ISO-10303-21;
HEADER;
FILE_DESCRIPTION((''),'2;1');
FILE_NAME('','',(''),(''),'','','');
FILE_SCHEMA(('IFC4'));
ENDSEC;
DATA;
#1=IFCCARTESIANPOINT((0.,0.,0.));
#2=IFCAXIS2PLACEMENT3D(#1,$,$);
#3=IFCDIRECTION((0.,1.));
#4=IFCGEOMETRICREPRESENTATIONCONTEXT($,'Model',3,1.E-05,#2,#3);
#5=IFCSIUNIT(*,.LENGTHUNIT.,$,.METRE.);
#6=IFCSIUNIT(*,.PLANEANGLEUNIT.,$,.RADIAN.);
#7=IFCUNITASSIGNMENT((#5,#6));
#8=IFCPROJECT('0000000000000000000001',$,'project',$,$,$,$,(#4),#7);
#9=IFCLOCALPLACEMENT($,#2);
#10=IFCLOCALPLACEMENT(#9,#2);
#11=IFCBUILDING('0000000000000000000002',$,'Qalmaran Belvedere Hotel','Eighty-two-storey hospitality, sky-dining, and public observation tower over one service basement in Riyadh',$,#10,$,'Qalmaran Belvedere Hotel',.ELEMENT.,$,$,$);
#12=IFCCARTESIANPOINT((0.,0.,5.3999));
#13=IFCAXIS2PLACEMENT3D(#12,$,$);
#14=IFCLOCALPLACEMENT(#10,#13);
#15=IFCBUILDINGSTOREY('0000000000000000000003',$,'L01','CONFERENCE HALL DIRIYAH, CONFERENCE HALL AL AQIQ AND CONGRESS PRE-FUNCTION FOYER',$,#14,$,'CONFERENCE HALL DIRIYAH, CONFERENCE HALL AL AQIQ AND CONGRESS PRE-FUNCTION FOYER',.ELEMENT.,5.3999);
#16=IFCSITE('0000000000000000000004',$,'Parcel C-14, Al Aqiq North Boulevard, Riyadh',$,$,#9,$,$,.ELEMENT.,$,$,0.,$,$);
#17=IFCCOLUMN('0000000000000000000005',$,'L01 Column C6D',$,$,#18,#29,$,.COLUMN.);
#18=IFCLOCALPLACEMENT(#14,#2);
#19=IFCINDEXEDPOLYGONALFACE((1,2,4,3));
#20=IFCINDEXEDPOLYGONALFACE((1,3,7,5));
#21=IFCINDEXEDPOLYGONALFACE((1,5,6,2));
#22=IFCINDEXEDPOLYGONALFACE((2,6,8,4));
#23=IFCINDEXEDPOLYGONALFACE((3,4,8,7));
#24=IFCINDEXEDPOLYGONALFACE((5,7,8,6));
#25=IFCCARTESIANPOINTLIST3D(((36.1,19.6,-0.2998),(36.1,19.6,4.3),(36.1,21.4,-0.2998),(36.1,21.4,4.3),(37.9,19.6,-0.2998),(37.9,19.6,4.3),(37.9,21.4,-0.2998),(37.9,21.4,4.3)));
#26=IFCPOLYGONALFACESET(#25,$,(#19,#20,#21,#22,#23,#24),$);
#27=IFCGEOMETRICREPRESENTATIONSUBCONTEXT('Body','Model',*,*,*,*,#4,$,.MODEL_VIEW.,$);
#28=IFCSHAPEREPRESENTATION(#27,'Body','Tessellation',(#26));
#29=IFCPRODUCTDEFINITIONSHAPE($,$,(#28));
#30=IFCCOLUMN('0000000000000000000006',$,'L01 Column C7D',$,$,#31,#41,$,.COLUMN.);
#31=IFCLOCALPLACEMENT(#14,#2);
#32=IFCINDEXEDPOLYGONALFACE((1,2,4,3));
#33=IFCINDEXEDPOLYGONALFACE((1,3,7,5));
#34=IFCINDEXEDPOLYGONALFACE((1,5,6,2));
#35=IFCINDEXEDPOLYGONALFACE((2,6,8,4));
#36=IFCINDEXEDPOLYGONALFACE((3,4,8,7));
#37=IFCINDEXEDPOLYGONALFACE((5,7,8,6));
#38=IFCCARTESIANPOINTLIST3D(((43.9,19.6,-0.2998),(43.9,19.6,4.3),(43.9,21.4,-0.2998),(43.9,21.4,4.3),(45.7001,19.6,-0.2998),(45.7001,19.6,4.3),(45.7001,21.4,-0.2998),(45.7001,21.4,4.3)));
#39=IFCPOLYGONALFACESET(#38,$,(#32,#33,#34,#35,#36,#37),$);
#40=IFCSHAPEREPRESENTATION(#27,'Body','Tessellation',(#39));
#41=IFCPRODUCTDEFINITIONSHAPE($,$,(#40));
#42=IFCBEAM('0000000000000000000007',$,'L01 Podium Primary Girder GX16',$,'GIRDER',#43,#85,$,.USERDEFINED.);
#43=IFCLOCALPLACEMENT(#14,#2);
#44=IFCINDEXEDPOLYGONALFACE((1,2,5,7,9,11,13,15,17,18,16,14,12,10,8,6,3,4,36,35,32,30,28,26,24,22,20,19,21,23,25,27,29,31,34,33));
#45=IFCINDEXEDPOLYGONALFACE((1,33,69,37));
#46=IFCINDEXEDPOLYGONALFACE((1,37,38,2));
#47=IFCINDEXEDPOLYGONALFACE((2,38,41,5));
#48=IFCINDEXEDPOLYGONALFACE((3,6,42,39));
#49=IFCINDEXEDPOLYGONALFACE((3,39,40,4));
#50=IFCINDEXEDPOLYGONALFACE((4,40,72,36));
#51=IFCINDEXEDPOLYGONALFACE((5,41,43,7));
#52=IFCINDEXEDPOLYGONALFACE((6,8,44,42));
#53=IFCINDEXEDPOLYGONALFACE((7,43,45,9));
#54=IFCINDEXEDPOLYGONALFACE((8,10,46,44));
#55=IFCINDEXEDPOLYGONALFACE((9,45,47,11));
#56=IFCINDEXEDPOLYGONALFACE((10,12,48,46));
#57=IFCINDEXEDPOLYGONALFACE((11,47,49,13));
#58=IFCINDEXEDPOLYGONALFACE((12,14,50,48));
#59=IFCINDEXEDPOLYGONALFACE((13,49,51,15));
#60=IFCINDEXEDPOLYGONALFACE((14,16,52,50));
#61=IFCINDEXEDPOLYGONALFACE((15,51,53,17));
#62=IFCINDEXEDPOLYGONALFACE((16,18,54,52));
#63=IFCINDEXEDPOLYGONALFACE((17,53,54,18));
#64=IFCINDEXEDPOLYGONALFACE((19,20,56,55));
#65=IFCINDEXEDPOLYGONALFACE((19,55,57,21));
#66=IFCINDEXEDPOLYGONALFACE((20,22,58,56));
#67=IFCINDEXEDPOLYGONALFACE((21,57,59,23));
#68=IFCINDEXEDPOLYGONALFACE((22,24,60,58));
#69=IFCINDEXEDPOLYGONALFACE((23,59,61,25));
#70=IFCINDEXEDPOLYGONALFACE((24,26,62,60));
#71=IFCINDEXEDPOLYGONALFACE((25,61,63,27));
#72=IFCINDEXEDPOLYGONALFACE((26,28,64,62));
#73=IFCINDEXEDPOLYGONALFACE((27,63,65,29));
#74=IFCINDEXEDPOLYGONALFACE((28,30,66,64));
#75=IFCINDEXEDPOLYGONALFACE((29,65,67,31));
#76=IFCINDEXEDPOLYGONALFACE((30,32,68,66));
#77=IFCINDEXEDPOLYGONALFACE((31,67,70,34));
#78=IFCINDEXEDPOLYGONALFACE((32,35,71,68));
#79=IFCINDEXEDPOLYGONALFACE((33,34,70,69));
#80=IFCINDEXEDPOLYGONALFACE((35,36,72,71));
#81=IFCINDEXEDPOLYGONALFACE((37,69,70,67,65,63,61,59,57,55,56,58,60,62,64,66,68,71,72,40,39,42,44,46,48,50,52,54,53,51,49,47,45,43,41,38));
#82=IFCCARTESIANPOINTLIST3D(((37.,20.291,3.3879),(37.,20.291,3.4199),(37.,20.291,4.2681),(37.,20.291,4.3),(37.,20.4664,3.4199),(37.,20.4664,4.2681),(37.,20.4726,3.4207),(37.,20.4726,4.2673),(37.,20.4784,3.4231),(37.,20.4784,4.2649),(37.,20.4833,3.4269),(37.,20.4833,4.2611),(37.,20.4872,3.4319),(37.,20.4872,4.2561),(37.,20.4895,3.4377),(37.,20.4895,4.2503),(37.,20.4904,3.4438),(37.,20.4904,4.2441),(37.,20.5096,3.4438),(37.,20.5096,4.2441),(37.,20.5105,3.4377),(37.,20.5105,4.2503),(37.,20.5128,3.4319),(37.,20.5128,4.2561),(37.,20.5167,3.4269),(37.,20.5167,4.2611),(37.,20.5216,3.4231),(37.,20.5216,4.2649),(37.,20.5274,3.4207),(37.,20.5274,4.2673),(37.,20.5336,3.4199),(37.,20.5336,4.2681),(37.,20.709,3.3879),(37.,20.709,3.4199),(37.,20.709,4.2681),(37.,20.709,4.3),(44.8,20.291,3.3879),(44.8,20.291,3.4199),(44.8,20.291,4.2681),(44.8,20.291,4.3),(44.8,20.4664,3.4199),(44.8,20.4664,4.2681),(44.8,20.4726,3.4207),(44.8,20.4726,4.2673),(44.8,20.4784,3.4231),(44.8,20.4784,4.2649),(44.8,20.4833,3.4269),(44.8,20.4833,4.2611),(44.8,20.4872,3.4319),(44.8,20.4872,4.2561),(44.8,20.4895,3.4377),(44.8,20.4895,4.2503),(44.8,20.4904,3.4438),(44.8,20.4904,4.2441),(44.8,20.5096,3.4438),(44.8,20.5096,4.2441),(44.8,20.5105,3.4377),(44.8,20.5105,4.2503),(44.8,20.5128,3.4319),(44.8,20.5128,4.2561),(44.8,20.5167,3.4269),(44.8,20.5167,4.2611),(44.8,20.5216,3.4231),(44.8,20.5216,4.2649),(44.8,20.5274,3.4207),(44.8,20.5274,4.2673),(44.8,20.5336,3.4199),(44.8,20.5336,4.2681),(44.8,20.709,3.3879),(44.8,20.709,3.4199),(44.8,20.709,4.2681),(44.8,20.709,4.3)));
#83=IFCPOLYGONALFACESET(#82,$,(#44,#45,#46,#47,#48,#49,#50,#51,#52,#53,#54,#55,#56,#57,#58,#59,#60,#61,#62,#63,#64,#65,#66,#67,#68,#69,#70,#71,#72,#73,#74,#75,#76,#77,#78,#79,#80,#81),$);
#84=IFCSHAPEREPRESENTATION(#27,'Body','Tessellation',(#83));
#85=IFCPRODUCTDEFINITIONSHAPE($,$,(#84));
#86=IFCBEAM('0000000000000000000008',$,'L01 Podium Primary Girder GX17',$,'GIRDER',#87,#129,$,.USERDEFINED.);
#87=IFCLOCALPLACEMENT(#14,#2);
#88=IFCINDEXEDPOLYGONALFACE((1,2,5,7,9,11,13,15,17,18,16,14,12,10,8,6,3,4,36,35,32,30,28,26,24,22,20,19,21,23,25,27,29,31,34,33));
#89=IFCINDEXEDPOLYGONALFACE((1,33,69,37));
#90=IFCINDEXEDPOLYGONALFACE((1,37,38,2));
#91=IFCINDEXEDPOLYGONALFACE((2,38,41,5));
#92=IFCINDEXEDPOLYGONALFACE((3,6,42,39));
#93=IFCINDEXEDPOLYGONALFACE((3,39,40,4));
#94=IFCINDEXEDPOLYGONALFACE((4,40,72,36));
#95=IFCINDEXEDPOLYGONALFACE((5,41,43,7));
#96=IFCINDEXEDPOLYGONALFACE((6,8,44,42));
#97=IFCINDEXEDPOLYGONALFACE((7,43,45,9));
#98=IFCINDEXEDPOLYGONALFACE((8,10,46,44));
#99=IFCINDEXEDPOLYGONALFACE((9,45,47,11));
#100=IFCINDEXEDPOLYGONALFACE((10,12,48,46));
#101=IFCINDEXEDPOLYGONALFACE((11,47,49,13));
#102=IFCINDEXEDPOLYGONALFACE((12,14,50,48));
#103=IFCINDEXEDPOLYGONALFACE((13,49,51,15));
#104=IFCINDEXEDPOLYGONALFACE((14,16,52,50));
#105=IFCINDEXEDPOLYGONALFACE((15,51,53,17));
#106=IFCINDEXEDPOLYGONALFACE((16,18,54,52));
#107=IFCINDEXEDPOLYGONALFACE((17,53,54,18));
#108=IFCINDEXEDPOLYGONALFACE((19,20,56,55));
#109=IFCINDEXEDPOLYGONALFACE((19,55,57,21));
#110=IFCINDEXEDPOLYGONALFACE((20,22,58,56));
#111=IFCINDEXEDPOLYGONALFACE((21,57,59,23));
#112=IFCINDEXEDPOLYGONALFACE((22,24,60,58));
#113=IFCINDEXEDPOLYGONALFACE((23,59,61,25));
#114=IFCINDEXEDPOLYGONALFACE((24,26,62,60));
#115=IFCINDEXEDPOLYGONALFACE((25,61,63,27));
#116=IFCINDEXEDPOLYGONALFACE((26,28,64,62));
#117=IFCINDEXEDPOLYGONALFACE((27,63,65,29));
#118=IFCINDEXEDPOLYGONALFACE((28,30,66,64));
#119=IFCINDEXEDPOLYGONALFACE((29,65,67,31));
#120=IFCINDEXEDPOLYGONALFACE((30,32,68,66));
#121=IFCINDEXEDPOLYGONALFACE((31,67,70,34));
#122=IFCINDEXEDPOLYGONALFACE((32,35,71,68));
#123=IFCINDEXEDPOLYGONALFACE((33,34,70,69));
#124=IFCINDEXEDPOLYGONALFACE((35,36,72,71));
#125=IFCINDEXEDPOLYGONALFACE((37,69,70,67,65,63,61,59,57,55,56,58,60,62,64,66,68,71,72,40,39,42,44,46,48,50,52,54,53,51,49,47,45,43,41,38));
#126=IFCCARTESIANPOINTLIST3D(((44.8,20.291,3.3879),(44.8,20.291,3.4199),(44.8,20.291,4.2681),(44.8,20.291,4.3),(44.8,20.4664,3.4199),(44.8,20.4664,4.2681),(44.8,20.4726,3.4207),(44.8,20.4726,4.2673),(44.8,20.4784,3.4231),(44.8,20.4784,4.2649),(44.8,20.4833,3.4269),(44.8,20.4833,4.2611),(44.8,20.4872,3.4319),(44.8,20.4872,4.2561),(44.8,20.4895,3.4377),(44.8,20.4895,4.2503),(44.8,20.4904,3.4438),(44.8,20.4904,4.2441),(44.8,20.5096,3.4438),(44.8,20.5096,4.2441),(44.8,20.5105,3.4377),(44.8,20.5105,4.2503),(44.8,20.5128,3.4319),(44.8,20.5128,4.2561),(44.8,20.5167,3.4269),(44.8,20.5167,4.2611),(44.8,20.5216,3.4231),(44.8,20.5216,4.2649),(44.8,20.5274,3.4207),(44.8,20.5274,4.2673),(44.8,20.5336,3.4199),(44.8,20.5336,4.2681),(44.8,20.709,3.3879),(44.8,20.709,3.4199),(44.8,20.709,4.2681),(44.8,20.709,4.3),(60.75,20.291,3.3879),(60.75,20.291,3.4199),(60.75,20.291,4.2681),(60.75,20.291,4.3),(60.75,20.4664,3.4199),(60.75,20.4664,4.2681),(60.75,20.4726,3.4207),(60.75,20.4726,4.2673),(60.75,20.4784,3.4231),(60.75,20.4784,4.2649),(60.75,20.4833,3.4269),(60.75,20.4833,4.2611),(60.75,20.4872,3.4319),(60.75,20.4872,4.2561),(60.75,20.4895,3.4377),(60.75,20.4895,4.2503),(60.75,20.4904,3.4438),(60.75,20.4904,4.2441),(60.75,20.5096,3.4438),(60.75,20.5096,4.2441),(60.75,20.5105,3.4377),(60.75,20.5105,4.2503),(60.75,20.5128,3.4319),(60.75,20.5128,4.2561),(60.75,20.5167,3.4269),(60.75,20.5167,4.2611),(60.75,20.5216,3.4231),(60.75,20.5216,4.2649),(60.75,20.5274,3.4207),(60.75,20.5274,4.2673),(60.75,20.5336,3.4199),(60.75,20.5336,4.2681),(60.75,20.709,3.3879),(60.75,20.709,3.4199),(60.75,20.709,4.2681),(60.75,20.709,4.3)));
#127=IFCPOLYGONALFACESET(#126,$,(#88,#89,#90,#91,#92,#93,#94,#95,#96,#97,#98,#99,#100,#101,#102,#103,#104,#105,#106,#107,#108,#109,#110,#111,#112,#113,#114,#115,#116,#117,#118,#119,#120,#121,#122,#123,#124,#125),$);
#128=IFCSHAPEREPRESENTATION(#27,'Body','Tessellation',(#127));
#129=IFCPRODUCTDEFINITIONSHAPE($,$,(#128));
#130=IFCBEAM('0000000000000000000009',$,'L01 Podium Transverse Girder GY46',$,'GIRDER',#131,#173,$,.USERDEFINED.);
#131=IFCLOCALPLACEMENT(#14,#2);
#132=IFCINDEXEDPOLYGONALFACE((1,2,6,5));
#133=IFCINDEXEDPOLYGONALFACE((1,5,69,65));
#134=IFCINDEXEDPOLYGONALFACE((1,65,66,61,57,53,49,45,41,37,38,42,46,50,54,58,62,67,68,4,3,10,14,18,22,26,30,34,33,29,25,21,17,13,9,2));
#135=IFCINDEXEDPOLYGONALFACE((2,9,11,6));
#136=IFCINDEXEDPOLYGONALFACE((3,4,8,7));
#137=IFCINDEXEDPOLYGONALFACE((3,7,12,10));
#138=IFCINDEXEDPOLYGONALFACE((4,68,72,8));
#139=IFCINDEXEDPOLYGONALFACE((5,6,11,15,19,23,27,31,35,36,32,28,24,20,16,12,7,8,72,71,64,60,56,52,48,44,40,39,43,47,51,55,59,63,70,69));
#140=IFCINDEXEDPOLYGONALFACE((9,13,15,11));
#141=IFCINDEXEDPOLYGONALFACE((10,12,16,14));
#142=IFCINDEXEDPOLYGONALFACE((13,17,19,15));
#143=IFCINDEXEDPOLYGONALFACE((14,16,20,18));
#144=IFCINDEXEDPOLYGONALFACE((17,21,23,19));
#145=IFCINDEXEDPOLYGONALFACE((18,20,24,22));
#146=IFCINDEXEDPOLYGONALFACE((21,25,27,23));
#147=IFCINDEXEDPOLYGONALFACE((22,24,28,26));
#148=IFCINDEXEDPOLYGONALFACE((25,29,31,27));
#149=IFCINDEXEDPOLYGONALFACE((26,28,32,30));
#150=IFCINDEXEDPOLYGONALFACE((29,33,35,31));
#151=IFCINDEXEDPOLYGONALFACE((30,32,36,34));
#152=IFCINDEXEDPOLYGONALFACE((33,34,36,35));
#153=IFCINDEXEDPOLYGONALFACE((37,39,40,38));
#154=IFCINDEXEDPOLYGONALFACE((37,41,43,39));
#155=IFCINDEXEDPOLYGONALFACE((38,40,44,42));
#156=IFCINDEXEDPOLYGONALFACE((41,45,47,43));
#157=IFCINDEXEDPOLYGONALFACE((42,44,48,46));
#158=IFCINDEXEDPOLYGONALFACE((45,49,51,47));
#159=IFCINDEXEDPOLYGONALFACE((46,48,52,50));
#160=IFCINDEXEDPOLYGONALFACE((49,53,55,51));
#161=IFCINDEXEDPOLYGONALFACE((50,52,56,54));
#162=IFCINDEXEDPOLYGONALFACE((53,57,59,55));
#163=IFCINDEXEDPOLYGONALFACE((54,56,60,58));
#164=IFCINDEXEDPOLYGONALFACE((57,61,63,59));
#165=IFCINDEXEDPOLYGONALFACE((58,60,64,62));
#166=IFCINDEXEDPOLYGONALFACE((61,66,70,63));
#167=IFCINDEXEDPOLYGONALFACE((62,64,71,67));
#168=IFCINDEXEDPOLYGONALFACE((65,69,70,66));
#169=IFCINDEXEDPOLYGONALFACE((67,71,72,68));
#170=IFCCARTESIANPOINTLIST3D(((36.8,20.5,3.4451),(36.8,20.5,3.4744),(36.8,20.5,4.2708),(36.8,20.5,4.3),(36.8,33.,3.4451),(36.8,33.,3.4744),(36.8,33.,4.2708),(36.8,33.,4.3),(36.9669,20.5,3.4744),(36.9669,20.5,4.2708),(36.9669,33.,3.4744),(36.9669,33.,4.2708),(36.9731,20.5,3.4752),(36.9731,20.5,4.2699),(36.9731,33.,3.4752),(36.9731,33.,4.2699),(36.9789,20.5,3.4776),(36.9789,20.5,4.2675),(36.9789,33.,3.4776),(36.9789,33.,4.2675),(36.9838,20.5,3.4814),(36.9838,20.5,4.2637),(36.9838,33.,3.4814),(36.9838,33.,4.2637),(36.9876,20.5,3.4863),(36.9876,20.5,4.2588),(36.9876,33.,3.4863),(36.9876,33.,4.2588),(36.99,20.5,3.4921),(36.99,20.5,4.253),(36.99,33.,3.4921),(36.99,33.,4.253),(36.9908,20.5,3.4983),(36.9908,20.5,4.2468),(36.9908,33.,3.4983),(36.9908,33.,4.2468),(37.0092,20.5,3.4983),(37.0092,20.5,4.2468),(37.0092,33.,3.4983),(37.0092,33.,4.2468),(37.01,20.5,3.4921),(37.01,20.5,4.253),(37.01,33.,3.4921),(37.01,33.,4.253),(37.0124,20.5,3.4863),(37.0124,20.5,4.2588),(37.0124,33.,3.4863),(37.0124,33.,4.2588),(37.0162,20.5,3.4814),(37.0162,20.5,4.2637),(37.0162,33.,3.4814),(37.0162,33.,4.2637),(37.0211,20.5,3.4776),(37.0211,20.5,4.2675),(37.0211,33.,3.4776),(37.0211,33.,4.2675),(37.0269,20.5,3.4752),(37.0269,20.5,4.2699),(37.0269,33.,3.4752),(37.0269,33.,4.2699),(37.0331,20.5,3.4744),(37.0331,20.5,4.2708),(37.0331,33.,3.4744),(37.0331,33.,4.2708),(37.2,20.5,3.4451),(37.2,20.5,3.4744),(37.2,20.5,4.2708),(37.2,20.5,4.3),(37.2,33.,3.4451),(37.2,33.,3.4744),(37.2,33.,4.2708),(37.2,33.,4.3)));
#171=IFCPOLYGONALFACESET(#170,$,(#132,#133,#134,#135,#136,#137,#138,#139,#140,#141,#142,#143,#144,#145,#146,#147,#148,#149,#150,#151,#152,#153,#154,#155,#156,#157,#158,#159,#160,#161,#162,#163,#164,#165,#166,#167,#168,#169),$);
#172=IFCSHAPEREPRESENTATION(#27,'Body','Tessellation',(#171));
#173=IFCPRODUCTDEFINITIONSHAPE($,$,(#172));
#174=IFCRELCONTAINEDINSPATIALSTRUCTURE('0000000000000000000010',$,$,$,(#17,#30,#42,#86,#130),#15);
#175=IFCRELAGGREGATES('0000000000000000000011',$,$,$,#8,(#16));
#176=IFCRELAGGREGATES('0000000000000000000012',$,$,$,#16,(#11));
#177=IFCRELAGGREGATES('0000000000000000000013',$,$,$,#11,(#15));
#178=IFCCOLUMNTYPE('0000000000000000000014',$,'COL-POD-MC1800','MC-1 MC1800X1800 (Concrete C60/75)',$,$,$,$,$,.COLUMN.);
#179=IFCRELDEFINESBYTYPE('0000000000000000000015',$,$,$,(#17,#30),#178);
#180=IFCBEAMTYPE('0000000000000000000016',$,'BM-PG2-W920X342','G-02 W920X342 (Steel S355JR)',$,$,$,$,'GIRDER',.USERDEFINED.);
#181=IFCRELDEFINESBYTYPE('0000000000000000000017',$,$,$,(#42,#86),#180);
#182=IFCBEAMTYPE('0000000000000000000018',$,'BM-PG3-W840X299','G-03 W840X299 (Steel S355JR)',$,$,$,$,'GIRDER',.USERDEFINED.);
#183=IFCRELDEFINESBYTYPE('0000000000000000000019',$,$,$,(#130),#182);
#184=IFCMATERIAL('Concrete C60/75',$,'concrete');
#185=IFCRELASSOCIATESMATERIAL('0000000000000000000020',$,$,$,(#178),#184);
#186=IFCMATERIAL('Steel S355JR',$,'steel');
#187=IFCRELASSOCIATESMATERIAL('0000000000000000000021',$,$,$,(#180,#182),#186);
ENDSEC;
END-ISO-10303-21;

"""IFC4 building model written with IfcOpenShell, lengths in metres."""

from ifc_helpers import new_model, si_unit, direction, frame, origin, origin_2d, place, context, subcontext, project, spatial, rectangle, i_section, extrude, material, material_profile, profile_set, type_object, element, save


model = new_model("IFC4")

# Units and contexts
model_context = context("Model", 3, precision=1e-05, world=origin(), true_north=direction((0.0, 1.0)))
body_context = subcontext(model_context, "Body", "Model", "MODEL_VIEW")
ifc_project = project(units=[si_unit("LENGTHUNIT", "METRE"), si_unit("PLANEANGLEUNIT", "RADIAN")], contexts=[model_context])

# Site, building, storey
site_placement = place(None, origin())
site = spatial("IfcSite", under=ifc_project, at=site_placement, Name="Parcel C-14, Al Aqiq North Boulevard, Riyadh", CompositionType="ELEMENT", RefElevation=0.0)
building_placement = place(site_placement, origin())
building = spatial("IfcBuilding", under=site, at=building_placement, Name="Qalmaran Belvedere Hotel", Description="Eighty-two-storey hospitality, sky-dining, and public observation tower over one service basement in Riyadh", LongName="Qalmaran Belvedere Hotel", CompositionType="ELEMENT")
storey_placement = place(building_placement, frame((0.0, 0.0, 5.3999)))
storey = spatial("IfcBuildingStorey", under=building, at=storey_placement, Name="L01", Description="CONFERENCE HALL DIRIYAH, CONFERENCE HALL AL AQIQ AND CONGRESS PRE-FUNCTION FOYER", LongName="CONFERENCE HALL DIRIYAH, CONFERENCE HALL AL AQIQ AND CONGRESS PRE-FUNCTION FOYER", CompositionType="ELEMENT", Elevation=5.3999)

# Columns
ifc_material_1 = material(Name="Concrete C60/75", Category="concrete")
ifc_material_profile_1 = material_profile(ifc_material_1, rectangle(XDim=1.8, YDim=1.8, at=origin_2d()), Name="MC1800X1800")
ifc_profile_set_1 = profile_set([ifc_material_profile_1], Name="Concrete C60/75")
column_type = type_object("IfcColumnType", Name="COL-POD-MC1800", Description="MC-1 MC1800X1800 (Concrete C60/75)", PredefinedType="COLUMN", material=ifc_profile_set_1)
for number, where, z_axis, x_axis, name in (
    (1, (37.0, 20.5, -0.2998), (0.0, 0.0, 1.0), (1.0, 0.0, 0.0), "L01 Column C6D"),
    (2, (44.8, 20.5, -0.2998), (0.0, 0.0, 1.0), (1.0, 0.0, 0.0), "L01 Column C7D"),
):
    element("IfcColumn", number, at=place(storey_placement, frame(where, z_axis=z_axis, x_axis=x_axis)), inside=storey, type_object=column_type, Name=name, PredefinedType="COLUMN", context=body_context, shape_type="SweptSolid", body=[
        extrude(rectangle(XDim=1.8, YDim=1.8, at=origin_2d()), origin(), (0.0, 0.0, 1.0), 4.5999),
    ])

# Beams
ifc_material_2 = material(Name="Steel S355JR", Category="steel")
ifc_material_profile_2 = material_profile(ifc_material_2, i_section(OverallWidth=0.418, OverallDepth=0.9121, WebThickness=0.0193, FlangeThickness=0.032, FilletRadius=0.0239, at=origin_2d()), Name="W920X342")
ifc_profile_set_2 = profile_set([ifc_material_profile_2], Name="Steel S355JR")
beam_type_1 = type_object("IfcBeamType", Name="BM-PG2-W920X342", Description="G-02 W920X342 (Steel S355JR)", ElementType="GIRDER", PredefinedType="USERDEFINED", material=ifc_profile_set_2)
beam_1_placement = place(storey_placement, frame((37.0, 20.5, 3.844), z_axis=(1.0, 0.0, 0.0), x_axis=(0.0, 1.0, 0.0)))
element("IfcBeam", 3, at=beam_1_placement, inside=storey, type_object=beam_type_1, Name="L01 Podium Primary Girder GX16", ObjectType="GIRDER", PredefinedType="USERDEFINED", context=body_context, shape_type="SweptSolid", body=[
    extrude(i_section(OverallWidth=0.418, OverallDepth=0.9121, WebThickness=0.0193, FlangeThickness=0.032, FilletRadius=0.0239, at=origin_2d()), origin(), (0.0, 0.0, 1.0), 7.8),
])
beam_2_placement = place(storey_placement, frame((44.8, 20.5, 3.844), z_axis=(1.0, 0.0, 0.0), x_axis=(0.0, 1.0, 0.0)))
element("IfcBeam", 4, at=beam_2_placement, inside=storey, type_object=beam_type_1, Name="L01 Podium Primary Girder GX17", ObjectType="GIRDER", PredefinedType="USERDEFINED", context=body_context, shape_type="SweptSolid", body=[
    extrude(i_section(OverallWidth=0.418, OverallDepth=0.9121, WebThickness=0.0193, FlangeThickness=0.032, FilletRadius=0.0239, at=origin_2d()), origin(), (0.0, 0.0, 1.0), 15.95),
])
ifc_material_profile_3 = material_profile(ifc_material_2, i_section(OverallWidth=0.3999, OverallDepth=0.855, WebThickness=0.0183, FlangeThickness=0.0293, FilletRadius=0.0239, at=origin_2d()), Name="W840X299")
ifc_profile_set_3 = profile_set([ifc_material_profile_3], Name="Steel S355JR")
beam_type_2 = type_object("IfcBeamType", Name="BM-PG3-W840X299", Description="G-03 W840X299 (Steel S355JR)", ElementType="GIRDER", PredefinedType="USERDEFINED", material=ifc_profile_set_3)
for number, where, z_axis, x_axis, name in (
    (5, (37.0, 20.5, 3.8726), (0.0, 1.0, 0.0), (-1.0, 0.0, 0.0), "L01 Podium Transverse Girder GY46"),
):
    element("IfcBeam", number, at=place(storey_placement, frame(where, z_axis=z_axis, x_axis=x_axis)), inside=storey, type_object=beam_type_2, Name=name, ObjectType="GIRDER", PredefinedType="USERDEFINED", context=body_context, shape_type="SweptSolid", body=[
        extrude(i_section(OverallWidth=0.3999, OverallDepth=0.855, WebThickness=0.0183, FlangeThickness=0.0293, FilletRadius=0.0239, at=origin_2d()), origin(), (0.0, 0.0, 1.0), 12.5),
    ])

save(model, "model.ifc")
